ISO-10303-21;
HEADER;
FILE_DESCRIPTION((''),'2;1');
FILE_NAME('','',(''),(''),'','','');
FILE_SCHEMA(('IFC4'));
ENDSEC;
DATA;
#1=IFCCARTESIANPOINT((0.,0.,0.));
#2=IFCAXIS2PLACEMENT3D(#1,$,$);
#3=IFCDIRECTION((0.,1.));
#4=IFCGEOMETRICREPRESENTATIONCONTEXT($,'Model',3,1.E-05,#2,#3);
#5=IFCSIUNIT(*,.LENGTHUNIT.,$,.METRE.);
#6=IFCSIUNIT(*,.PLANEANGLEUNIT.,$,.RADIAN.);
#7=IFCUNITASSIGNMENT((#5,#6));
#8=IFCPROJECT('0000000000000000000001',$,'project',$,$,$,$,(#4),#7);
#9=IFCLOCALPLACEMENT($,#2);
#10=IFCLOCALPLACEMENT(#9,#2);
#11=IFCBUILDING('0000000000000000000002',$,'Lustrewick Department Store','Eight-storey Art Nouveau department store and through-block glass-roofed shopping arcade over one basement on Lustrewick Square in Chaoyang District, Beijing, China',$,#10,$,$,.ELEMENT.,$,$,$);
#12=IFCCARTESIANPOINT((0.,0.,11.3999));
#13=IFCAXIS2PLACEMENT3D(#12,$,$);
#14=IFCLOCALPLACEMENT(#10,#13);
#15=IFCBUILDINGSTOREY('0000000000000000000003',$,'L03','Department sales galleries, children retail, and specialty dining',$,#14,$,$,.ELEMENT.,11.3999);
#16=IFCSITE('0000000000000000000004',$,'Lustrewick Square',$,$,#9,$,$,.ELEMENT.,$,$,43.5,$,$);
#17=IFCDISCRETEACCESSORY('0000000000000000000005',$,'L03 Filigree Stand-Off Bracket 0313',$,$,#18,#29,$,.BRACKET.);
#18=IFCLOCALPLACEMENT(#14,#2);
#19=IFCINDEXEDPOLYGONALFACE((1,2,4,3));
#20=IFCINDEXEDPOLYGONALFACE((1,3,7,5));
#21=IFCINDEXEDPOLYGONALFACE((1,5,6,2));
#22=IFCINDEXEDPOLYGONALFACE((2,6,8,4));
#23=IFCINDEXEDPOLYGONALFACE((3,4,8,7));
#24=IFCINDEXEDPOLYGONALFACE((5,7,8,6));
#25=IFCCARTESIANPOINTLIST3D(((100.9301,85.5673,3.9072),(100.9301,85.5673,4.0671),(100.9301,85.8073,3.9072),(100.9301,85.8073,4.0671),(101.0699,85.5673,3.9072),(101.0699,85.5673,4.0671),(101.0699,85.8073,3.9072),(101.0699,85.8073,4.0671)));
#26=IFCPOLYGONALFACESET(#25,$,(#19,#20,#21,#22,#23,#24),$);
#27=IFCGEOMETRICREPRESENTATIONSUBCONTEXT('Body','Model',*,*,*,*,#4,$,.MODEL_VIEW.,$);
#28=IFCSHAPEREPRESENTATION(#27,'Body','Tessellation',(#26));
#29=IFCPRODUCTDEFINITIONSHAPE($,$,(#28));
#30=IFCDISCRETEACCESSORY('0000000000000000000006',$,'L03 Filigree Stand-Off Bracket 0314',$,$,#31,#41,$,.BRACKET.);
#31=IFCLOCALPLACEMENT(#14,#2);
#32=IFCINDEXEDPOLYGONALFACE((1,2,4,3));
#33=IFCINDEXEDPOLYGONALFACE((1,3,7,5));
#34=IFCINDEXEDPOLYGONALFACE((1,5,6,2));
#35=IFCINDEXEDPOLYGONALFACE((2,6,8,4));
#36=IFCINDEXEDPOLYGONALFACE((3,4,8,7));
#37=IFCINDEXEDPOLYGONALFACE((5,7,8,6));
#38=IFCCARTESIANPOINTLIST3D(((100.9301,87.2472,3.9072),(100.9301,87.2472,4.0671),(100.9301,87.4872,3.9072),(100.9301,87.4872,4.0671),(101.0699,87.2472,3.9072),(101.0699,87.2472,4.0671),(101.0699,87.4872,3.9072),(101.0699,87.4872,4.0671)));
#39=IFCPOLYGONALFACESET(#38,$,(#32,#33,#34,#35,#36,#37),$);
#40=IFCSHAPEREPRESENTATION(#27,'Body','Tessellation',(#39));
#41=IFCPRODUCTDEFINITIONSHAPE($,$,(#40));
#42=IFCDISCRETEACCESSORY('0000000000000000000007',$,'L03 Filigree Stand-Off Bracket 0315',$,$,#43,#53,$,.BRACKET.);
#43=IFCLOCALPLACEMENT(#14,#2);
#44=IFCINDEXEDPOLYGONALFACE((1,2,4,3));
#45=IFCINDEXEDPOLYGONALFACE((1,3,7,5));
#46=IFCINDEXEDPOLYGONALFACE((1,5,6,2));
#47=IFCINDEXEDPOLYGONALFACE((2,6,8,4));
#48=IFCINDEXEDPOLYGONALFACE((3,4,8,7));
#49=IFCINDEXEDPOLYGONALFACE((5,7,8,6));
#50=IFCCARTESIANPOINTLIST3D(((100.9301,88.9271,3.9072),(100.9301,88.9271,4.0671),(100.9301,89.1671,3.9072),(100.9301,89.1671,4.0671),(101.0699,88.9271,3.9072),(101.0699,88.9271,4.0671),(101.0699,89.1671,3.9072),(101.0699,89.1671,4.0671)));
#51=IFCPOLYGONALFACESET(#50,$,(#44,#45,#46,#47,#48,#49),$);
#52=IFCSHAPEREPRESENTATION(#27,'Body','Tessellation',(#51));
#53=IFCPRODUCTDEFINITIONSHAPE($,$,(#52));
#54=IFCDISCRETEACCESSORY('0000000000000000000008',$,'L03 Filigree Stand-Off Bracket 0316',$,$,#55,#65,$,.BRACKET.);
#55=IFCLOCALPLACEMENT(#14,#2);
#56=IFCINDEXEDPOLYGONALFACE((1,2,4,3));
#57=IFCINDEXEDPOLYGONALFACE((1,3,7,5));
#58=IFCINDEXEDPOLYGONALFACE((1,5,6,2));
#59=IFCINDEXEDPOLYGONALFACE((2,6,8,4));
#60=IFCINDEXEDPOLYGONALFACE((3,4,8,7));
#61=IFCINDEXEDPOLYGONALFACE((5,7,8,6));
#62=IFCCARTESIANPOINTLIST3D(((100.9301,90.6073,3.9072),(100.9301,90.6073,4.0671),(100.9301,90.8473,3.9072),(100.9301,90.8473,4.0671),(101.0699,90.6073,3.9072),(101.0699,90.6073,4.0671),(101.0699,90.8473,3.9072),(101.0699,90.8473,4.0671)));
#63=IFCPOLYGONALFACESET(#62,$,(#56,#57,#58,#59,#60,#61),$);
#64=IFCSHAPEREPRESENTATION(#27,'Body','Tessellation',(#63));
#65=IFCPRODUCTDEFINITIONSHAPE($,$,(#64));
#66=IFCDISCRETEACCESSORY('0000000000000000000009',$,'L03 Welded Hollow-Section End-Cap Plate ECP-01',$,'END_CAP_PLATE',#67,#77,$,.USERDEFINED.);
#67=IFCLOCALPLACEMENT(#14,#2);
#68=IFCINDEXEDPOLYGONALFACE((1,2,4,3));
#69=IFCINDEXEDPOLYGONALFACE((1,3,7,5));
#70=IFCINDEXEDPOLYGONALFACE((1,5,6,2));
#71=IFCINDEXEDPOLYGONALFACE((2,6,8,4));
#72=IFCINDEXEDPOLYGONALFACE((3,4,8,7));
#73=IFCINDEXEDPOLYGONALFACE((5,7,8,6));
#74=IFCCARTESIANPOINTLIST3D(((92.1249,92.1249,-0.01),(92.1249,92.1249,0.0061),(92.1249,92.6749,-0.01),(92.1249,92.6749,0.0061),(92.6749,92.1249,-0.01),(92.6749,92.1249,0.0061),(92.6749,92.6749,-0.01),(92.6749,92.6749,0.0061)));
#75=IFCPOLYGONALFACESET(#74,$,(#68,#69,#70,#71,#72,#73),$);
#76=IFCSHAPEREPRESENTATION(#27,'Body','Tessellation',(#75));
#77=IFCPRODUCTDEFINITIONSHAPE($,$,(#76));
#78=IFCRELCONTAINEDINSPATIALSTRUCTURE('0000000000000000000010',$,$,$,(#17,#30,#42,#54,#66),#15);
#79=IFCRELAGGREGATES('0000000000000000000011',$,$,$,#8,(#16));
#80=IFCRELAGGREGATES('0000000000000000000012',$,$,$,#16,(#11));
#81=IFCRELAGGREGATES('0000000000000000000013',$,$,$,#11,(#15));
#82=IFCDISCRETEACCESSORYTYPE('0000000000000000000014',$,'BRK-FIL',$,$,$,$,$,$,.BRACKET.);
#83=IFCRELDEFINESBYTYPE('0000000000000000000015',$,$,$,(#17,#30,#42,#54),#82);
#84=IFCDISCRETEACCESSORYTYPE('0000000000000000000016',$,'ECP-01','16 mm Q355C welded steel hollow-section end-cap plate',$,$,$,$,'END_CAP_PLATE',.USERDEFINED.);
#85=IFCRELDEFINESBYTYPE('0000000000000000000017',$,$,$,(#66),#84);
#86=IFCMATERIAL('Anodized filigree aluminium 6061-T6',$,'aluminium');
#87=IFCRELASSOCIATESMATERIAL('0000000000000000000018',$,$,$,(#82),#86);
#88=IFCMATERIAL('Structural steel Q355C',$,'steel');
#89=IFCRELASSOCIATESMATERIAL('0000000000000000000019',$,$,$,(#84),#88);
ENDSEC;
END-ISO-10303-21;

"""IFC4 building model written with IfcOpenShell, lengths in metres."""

from ifc_helpers import new_model, si_unit, direction, frame, origin, origin_2d, place, context, subcontext, project, spatial, rectangle, extrude, material, type_object, element, save


model = new_model("IFC4")

# Units and contexts
model_context = context("Model", 3, precision=1e-05, world=origin(), true_north=direction((0.0, 1.0)))
body_context = subcontext(model_context, "Body", "Model", "MODEL_VIEW")
ifc_project = project(units=[si_unit("LENGTHUNIT", "METRE"), si_unit("PLANEANGLEUNIT", "RADIAN")], contexts=[model_context])

# Site, building, storey
site_placement = place(None, origin())
site = spatial("IfcSite", under=ifc_project, at=site_placement, Name="Lustrewick Square", CompositionType="ELEMENT", RefElevation=43.5)
building_placement = place(site_placement, origin())
building = spatial("IfcBuilding", under=site, at=building_placement, Name="Lustrewick Department Store", Description="Eight-storey Art Nouveau department store and through-block glass-roofed shopping arcade over one basement on Lustrewick Square in Chaoyang District, Beijing, China", CompositionType="ELEMENT")
storey_placement = place(building_placement, frame((0.0, 0.0, 11.3999)))
storey = spatial("IfcBuildingStorey", under=building, at=storey_placement, Name="L03", Description="Department sales galleries, children retail, and specialty dining", CompositionType="ELEMENT", Elevation=11.3999)

# Shared definitions
ifc_material_1 = material(Name="Structural steel Q355C", Category="steel")

# Discrete accessories
ifc_material_2 = material(Name="Anodized filigree aluminium 6061-T6", Category="aluminium")
discrete_accessory_type_1 = type_object("IfcDiscreteAccessoryType", Name="BRK-FIL", PredefinedType="BRACKET", material=ifc_material_2)
for number, where, z_axis, x_axis, name in (
    (1, (101.0, 85.6873, 3.9072), (0.0, 0.0, 1.0), (0.0, 1.0, 0.0), "L03 Filigree Stand-Off Bracket 0313"),
    (2, (101.0, 87.3672, 3.9072), (0.0, 0.0, 1.0), (0.0, 1.0, 0.0), "L03 Filigree Stand-Off Bracket 0314"),
    (3, (101.0, 89.0471, 3.9072), (0.0, 0.0, 1.0), (0.0, 1.0, 0.0), "L03 Filigree Stand-Off Bracket 0315"),
    (4, (101.0, 90.7273, 3.9072), (0.0, 0.0, 1.0), (0.0, 1.0, 0.0), "L03 Filigree Stand-Off Bracket 0316"),
):
    element("IfcDiscreteAccessory", number, at=place(storey_placement, frame(where, z_axis=z_axis, x_axis=x_axis)), inside=storey, type_object=discrete_accessory_type_1, Name=name, PredefinedType="BRACKET", context=body_context, shape_type="SweptSolid", body=[
        extrude(rectangle(XDim=0.24, YDim=0.1399, at=origin_2d()), origin(), (0.0, 0.0, 1.0), 0.1599),
    ])
discrete_accessory_type_2 = type_object("IfcDiscreteAccessoryType", Name="ECP-01", Description="16 mm Q355C welded steel hollow-section end-cap plate", ElementType="END_CAP_PLATE", PredefinedType="USERDEFINED", material=ifc_material_1)
discrete_accessory_placement = place(storey_placement, frame((92.3999, 92.3999, 0.0061), z_axis=(0.0, 0.0, -1.0), x_axis=(1.0, 0.0, 0.0)))
element("IfcDiscreteAccessory", 5, at=discrete_accessory_placement, inside=storey, type_object=discrete_accessory_type_2, Name="L03 Welded Hollow-Section End-Cap Plate ECP-01", ObjectType="END_CAP_PLATE", PredefinedType="USERDEFINED", context=body_context, shape_type="SweptSolid", body=[
    extrude(rectangle(XDim=0.55, YDim=0.55, at=origin_2d()), origin(), (0.0, 0.0, 1.0), 0.0161),
])

save(model, "model.ifc")
